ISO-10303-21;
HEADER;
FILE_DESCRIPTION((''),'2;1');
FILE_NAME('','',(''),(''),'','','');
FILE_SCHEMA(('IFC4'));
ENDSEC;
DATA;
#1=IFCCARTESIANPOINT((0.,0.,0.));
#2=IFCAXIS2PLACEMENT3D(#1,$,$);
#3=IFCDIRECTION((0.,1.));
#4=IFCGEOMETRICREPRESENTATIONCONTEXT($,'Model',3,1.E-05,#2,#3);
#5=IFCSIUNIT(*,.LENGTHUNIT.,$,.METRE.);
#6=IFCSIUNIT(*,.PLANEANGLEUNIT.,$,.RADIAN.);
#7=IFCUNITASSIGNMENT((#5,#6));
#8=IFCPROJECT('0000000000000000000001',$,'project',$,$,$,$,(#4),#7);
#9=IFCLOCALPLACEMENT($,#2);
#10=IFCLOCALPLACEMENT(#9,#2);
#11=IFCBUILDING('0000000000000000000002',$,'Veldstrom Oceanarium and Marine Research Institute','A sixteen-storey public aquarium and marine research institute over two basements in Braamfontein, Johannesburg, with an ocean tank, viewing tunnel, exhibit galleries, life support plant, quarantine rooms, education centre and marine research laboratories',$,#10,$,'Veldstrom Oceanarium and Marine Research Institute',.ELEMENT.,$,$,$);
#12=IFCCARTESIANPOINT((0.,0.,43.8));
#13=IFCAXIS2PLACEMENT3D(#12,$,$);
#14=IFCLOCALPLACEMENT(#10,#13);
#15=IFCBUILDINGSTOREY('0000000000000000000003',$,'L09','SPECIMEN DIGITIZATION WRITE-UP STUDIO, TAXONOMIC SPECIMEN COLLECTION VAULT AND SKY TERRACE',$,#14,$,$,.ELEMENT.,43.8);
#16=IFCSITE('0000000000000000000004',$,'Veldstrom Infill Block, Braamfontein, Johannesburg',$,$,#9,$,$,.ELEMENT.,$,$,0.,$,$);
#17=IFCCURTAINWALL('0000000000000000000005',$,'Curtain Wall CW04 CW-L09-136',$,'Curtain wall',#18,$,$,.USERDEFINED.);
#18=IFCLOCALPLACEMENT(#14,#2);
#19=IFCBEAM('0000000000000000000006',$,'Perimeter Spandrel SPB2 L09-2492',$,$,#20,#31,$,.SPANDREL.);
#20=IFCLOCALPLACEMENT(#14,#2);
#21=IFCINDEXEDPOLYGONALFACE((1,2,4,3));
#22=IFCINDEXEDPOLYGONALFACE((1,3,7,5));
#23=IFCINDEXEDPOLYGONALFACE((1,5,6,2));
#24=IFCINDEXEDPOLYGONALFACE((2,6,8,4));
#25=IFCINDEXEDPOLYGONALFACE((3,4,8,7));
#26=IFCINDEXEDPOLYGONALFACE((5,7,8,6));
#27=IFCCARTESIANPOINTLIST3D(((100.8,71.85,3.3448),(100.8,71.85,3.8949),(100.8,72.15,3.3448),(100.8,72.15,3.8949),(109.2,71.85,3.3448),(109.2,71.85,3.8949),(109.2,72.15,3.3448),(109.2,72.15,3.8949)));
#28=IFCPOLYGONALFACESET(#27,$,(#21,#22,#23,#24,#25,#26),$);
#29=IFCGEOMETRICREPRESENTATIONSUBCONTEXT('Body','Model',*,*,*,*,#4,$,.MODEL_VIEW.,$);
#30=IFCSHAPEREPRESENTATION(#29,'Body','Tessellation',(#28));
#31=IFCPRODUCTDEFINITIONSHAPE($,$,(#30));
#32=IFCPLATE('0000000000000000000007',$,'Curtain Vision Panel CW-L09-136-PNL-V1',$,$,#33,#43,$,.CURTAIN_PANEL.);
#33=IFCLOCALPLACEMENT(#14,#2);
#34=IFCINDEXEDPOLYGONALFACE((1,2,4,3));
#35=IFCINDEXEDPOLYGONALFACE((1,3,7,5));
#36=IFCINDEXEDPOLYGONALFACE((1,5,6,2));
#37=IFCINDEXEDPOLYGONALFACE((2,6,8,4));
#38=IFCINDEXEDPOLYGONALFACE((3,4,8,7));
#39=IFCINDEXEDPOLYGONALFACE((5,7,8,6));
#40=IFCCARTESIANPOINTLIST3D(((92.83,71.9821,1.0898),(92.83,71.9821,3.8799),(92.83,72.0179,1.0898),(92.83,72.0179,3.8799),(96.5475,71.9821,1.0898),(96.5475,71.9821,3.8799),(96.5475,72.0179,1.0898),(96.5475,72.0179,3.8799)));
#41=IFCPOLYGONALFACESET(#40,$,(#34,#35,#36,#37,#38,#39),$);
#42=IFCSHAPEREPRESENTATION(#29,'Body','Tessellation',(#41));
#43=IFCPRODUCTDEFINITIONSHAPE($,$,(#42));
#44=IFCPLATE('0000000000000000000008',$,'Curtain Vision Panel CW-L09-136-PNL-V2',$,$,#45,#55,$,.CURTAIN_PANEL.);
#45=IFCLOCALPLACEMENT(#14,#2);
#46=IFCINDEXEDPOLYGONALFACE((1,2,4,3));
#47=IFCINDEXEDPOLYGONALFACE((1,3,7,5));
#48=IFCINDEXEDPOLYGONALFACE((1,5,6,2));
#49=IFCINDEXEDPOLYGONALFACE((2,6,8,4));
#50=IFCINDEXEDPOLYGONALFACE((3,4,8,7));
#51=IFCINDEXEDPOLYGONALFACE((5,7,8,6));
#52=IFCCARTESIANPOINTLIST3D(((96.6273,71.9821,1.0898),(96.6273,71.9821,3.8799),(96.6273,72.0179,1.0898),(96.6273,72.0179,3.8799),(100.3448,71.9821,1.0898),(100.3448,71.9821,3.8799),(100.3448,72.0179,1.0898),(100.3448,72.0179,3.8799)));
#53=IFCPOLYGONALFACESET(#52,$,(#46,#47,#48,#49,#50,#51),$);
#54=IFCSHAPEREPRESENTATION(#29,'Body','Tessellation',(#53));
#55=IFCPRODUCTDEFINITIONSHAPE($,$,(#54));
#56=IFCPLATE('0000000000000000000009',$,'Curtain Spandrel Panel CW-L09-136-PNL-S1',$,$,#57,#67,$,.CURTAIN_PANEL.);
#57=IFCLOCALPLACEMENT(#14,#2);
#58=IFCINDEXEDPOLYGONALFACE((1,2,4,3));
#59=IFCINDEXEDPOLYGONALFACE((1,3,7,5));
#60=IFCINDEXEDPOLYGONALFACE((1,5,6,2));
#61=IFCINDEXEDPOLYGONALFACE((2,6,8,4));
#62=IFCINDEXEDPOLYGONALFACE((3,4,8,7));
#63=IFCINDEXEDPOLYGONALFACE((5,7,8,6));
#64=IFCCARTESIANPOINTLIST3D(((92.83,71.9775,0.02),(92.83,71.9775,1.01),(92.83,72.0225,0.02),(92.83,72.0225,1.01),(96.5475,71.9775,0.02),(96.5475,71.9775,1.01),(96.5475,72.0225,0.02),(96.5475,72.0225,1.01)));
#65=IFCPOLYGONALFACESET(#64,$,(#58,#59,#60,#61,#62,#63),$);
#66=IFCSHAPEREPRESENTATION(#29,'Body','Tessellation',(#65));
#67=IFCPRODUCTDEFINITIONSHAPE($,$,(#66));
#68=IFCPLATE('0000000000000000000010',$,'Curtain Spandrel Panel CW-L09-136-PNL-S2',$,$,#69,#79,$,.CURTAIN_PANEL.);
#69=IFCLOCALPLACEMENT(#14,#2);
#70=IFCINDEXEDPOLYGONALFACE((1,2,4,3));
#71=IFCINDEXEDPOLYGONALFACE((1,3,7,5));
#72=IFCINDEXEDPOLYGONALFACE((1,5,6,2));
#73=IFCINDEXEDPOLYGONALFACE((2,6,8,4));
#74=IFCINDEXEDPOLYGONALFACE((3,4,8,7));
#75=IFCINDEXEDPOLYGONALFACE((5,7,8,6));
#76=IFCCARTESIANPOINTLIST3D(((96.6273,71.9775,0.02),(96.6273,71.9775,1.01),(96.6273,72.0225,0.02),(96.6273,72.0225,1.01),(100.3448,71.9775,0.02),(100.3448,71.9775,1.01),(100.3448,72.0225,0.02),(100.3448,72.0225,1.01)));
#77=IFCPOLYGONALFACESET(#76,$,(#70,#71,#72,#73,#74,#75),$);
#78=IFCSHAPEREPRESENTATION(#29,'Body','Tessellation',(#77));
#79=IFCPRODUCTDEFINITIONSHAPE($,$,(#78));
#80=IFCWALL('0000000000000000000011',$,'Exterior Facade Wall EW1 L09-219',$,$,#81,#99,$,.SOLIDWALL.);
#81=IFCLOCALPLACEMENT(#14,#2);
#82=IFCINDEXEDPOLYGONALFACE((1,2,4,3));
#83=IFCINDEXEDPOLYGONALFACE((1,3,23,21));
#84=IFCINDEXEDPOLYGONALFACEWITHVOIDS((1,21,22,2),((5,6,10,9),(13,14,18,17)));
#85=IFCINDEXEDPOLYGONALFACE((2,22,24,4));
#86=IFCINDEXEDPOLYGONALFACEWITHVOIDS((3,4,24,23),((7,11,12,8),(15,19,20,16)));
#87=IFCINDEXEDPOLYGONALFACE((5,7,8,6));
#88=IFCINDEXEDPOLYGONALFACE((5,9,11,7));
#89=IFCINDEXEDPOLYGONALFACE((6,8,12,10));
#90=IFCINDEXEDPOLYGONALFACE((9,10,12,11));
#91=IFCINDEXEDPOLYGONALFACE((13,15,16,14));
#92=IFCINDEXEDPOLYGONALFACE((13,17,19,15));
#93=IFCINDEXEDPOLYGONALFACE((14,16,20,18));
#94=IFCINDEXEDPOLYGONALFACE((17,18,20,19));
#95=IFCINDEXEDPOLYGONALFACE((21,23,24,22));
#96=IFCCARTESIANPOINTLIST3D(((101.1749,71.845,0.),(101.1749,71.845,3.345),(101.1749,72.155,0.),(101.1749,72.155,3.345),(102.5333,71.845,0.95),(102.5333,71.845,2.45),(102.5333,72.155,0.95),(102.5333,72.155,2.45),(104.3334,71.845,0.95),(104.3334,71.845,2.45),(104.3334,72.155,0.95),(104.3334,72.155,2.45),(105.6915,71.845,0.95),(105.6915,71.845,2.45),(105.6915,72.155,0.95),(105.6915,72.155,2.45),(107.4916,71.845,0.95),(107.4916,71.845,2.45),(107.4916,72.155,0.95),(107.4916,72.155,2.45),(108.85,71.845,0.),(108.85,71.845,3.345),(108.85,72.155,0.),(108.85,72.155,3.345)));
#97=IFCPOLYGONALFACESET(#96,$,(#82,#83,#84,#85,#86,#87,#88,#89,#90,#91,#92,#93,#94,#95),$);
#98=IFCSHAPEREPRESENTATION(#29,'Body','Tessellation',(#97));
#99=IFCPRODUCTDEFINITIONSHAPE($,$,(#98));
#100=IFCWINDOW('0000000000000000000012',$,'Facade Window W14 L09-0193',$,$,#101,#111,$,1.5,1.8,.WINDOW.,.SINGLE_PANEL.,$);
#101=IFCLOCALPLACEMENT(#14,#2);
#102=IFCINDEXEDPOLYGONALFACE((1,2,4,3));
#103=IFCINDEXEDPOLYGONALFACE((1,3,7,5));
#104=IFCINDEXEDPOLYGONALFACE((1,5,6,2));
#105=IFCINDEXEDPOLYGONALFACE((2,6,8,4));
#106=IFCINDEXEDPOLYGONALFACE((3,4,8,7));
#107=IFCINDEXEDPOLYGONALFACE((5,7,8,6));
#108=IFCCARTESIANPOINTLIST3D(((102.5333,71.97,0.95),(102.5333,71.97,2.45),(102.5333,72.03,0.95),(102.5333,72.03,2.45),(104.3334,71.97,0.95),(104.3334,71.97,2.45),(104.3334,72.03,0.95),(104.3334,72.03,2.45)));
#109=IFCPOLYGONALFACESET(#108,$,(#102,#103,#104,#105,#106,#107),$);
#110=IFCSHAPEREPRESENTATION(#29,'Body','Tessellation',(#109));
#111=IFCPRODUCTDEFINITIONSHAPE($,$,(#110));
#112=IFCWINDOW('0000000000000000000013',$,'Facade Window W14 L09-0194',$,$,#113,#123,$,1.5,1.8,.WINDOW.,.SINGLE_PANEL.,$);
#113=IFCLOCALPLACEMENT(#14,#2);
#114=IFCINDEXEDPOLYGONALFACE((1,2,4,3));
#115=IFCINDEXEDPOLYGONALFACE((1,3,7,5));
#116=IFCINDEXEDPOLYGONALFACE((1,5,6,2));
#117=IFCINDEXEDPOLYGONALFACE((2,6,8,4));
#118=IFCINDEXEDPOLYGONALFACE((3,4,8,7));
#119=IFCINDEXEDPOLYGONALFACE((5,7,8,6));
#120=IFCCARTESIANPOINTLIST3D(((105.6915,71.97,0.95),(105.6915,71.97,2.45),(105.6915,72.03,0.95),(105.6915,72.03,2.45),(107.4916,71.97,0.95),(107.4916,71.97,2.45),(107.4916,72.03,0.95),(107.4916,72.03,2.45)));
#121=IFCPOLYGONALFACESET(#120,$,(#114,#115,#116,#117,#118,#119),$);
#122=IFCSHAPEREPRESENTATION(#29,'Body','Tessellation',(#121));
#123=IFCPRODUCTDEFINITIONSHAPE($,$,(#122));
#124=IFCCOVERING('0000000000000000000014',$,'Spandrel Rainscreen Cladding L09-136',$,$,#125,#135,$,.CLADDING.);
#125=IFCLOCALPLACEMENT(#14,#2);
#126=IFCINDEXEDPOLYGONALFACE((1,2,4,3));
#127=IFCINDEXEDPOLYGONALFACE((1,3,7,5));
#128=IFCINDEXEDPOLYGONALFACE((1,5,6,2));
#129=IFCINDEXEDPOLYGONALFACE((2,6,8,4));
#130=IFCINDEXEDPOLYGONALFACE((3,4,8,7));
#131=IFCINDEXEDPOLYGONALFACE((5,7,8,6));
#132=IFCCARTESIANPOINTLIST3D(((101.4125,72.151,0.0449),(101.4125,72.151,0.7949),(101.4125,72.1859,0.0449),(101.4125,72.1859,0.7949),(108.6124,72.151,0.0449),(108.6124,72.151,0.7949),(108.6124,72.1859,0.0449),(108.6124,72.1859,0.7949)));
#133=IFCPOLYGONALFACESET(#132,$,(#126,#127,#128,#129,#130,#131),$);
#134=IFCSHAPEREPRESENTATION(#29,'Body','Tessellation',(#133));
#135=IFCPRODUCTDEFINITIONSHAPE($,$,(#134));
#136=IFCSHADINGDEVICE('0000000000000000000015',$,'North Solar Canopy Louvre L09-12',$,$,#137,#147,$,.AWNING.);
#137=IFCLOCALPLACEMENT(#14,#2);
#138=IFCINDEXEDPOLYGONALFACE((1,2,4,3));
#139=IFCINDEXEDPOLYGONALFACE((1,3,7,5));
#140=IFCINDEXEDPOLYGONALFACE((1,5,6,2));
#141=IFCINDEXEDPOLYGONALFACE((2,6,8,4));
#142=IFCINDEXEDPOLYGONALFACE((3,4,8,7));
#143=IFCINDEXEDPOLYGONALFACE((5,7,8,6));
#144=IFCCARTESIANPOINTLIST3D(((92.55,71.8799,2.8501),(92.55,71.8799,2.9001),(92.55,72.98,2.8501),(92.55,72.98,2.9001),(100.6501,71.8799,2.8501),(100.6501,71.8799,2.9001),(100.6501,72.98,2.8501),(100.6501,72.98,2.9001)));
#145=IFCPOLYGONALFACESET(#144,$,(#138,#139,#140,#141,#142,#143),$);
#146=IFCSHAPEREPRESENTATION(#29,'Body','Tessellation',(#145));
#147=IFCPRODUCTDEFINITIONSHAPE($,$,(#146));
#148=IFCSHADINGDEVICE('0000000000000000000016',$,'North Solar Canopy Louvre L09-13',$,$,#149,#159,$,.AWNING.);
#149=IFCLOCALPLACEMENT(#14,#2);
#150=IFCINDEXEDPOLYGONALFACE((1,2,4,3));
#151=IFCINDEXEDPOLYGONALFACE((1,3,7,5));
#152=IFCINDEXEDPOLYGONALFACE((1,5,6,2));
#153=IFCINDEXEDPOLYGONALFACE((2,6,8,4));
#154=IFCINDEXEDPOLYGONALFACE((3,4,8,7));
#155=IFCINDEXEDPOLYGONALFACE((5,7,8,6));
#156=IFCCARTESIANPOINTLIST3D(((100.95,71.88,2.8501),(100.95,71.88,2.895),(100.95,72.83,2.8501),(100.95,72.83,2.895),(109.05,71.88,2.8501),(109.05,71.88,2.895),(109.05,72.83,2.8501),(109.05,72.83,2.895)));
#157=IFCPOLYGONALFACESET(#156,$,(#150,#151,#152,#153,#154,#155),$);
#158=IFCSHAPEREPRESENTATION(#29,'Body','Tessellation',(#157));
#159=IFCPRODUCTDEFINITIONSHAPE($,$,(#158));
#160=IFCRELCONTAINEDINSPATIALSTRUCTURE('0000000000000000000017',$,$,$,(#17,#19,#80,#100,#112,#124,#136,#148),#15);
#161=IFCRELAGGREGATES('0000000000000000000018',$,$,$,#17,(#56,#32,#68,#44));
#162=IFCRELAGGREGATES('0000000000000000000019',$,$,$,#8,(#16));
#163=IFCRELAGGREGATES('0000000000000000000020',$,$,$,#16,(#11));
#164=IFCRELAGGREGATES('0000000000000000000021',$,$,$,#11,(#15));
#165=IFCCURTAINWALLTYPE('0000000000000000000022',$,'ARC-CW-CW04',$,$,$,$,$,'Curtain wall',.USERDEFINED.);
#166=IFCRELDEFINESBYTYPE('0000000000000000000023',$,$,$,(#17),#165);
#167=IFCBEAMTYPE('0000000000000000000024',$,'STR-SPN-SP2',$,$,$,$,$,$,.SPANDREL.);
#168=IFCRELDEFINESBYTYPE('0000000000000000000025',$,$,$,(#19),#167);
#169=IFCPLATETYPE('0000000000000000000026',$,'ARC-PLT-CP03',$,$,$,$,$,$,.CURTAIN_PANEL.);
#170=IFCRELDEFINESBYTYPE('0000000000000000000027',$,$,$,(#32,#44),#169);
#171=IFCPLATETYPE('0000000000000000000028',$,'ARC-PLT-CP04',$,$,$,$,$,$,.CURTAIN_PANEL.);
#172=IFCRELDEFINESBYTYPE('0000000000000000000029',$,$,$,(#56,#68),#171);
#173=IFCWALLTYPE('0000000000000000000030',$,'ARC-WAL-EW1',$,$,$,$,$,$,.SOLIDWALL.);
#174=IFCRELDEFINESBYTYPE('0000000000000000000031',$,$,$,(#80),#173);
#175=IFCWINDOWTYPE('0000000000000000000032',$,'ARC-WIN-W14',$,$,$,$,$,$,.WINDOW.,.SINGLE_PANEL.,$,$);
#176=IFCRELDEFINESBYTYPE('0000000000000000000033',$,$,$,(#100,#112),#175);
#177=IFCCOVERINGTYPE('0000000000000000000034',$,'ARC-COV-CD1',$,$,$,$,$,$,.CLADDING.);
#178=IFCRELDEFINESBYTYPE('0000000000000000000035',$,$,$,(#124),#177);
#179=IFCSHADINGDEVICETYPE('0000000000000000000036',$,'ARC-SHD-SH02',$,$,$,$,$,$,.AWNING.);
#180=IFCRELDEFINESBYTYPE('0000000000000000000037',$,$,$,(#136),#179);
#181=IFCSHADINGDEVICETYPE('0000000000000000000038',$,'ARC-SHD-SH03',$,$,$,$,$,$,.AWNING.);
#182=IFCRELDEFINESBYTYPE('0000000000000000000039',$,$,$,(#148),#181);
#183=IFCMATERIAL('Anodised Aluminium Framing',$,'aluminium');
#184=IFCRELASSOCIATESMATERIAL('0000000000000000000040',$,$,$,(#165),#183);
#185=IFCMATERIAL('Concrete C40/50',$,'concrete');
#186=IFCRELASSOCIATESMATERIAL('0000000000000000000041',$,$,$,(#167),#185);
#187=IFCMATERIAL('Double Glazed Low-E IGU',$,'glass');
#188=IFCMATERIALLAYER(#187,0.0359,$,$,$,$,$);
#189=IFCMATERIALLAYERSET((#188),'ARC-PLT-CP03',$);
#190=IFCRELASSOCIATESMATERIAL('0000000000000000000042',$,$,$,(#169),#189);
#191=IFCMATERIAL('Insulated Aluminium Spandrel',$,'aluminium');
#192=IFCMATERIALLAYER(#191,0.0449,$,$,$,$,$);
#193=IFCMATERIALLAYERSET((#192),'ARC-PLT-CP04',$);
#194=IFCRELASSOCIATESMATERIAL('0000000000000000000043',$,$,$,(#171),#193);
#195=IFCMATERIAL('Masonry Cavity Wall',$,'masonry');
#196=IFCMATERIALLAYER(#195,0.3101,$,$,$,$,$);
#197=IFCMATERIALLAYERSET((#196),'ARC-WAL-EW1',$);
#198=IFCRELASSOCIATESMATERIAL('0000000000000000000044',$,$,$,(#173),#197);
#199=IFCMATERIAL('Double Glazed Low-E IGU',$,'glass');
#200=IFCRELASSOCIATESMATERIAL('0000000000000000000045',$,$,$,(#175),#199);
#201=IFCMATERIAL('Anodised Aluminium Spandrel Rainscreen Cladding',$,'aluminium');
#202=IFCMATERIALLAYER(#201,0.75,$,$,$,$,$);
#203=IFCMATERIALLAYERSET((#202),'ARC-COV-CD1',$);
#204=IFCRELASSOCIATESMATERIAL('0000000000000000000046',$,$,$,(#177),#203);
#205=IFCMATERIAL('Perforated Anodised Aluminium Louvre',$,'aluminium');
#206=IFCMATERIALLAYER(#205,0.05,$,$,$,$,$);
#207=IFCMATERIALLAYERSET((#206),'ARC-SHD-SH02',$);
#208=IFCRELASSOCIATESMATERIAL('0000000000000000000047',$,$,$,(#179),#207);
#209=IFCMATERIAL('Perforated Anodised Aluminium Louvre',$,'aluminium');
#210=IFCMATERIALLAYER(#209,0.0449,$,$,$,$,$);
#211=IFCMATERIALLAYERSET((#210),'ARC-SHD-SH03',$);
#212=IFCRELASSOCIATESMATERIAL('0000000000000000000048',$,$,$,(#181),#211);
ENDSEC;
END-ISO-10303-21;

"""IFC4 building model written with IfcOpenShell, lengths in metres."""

from ifc_helpers import new_model, si_unit, direction, frame, frame_2d, origin, origin_2d, place, context, subcontext, project, spatial, rectangle, extrude, material, layer, layer_set, material_profile, profile_set, type_object, element, fill, aggregate, save


model = new_model("IFC4")

# Units and contexts
model_context = context("Model", 3, precision=1e-05, world=origin(), true_north=direction((0.0, 1.0)))
body_context = subcontext(model_context, "Body", "Model", "MODEL_VIEW")
ifc_project = project(units=[si_unit("LENGTHUNIT", "METRE"), si_unit("PLANEANGLEUNIT", "RADIAN")], contexts=[model_context])

# Site, building, storey
site_placement = place(None, origin())
site = spatial("IfcSite", under=ifc_project, at=site_placement, Name="Veldstrom Infill Block, Braamfontein, Johannesburg", CompositionType="ELEMENT", RefElevation=0.0)
building_placement = place(site_placement, origin())
building = spatial("IfcBuilding", under=site, at=building_placement, Name="Veldstrom Oceanarium and Marine Research Institute", Description="A sixteen-storey public aquarium and marine research institute over two basements in Braamfontein, Johannesburg, with an ocean tank, viewing tunnel, exhibit galleries, life support plant, quarantine rooms, education centre and marine research laboratories", LongName="Veldstrom Oceanarium and Marine Research Institute", CompositionType="ELEMENT")
storey_placement = place(building_placement, frame((0.0, 0.0, 43.8)))
storey = spatial("IfcBuildingStorey", under=building, at=storey_placement, Name="L09", Description="SPECIMEN DIGITIZATION WRITE-UP STUDIO, TAXONOMIC SPECIMEN COLLECTION VAULT AND SKY TERRACE", CompositionType="ELEMENT", Elevation=43.8)

# Curtain wall
ifc_material_1 = material(Name="Anodised Aluminium Framing", Category="aluminium")
curtain_wall_type = type_object("IfcCurtainWallType", Name="ARC-CW-CW04", ElementType="Curtain wall", PredefinedType="USERDEFINED", material=ifc_material_1)
curtain_wall_placement = place(storey_placement, origin())
curtain_wall = element("IfcCurtainWall", 1, at=curtain_wall_placement, inside=storey, type_object=curtain_wall_type, Name="Curtain Wall CW04 CW-L09-136", ObjectType="Curtain wall", PredefinedType="USERDEFINED")

# Beam
ifc_material_2 = material(Name="Concrete C40/50", Category="concrete")
ifc_material_profile_1 = material_profile(ifc_material_2, rectangle(XDim=0.3, YDim=0.55, at=origin_2d()), Name="RC-SPN-300x550")
ifc_profile_set_1 = profile_set([ifc_material_profile_1], Name="Concrete C40/50")
beam_type_1 = type_object("IfcBeamType", Name="STR-SPN-SP2", PredefinedType="SPANDREL", material=ifc_profile_set_1)
beam_1_placement = place(storey_placement, frame((100.8, 72.0, 3.6199), z_axis=(1.0, 0.0, 0.0), x_axis=(0.0, 1.0, 0.0)))
element("IfcBeam", 2, at=beam_1_placement, inside=storey, type_object=beam_type_1, Name="Perimeter Spandrel SPB2 L09-2492", PredefinedType="SPANDREL", context=body_context, shape_type="SweptSolid", body=[
    extrude(rectangle(XDim=0.3, YDim=0.55, at=origin_2d()), origin(), (0.0, 0.0, 1.0), 8.3999),
])

# Plates
ifc_material_3 = material(Name="Double Glazed Low-E IGU", Category="glass")
ifc_layer_1 = layer(ifc_material_3, 0.0359)
ifc_layer_set_1 = layer_set([ifc_layer_1], Name="ARC-PLT-CP03")
plate_type_1 = type_object("IfcPlateType", Name="ARC-PLT-CP03", PredefinedType="CURTAIN_PANEL", material=ifc_layer_set_1)
plate_1_placement = place(storey_placement, frame((94.6887, 72.0, 1.0898), z_axis=(0.0, 0.0, 1.0), x_axis=(1.0, 0.0, 0.0)))
plate_1 = element("IfcPlate", 3, at=plate_1_placement, type_object=plate_type_1, Name="Curtain Vision Panel CW-L09-136-PNL-V1", PredefinedType="CURTAIN_PANEL", context=body_context, shape_type="SweptSolid", body=[
    extrude(rectangle(XDim=3.7175, YDim=0.0359, at=origin_2d()), origin(), (0.0, 0.0, 1.0), 2.79),
])
plate_2_placement = place(storey_placement, frame((98.4861, 72.0, 1.0898), z_axis=(0.0, 0.0, 1.0), x_axis=(1.0, 0.0, 0.0)))
plate_2 = element("IfcPlate", 4, at=plate_2_placement, type_object=plate_type_1, Name="Curtain Vision Panel CW-L09-136-PNL-V2", PredefinedType="CURTAIN_PANEL", context=body_context, shape_type="SweptSolid", body=[
    extrude(rectangle(XDim=3.7175, YDim=0.0359, at=origin_2d()), origin(), (0.0, 0.0, 1.0), 2.79),
])
ifc_material_4 = material(Name="Insulated Aluminium Spandrel", Category="aluminium")
ifc_layer_2 = layer(ifc_material_4, 0.0449)
ifc_layer_set_2 = layer_set([ifc_layer_2], Name="ARC-PLT-CP04")
plate_type_2 = type_object("IfcPlateType", Name="ARC-PLT-CP04", PredefinedType="CURTAIN_PANEL", material=ifc_layer_set_2)
plate_3_placement = place(storey_placement, frame((94.6887, 72.0, 0.02), z_axis=(0.0, 0.0, 1.0), x_axis=(1.0, 0.0, 0.0)))
plate_3 = element("IfcPlate", 5, at=plate_3_placement, type_object=plate_type_2, Name="Curtain Spandrel Panel CW-L09-136-PNL-S1", PredefinedType="CURTAIN_PANEL", context=body_context, shape_type="SweptSolid", body=[
    extrude(rectangle(XDim=3.7175, YDim=0.0449, at=origin_2d()), origin(), (0.0, 0.0, 1.0), 0.99),
])
plate_4_placement = place(storey_placement, frame((98.4861, 72.0, 0.02), z_axis=(0.0, 0.0, 1.0), x_axis=(1.0, 0.0, 0.0)))
plate_4 = element("IfcPlate", 6, at=plate_4_placement, type_object=plate_type_2, Name="Curtain Spandrel Panel CW-L09-136-PNL-S2", PredefinedType="CURTAIN_PANEL", context=body_context, shape_type="SweptSolid", body=[
    extrude(rectangle(XDim=3.7175, YDim=0.0449, at=origin_2d()), origin(), (0.0, 0.0, 1.0), 0.99),
])
aggregate(curtain_wall, [plate_3, plate_1, plate_4, plate_2])

# Wall, openings, windows
ifc_material_5 = material(Name="Masonry Cavity Wall", Category="masonry")
ifc_layer_3 = layer(ifc_material_5, 0.3101)
ifc_layer_set_3 = layer_set([ifc_layer_3], Name="ARC-WAL-EW1")
wall_type = type_object("IfcWallType", Name="ARC-WAL-EW1", PredefinedType="SOLIDWALL", material=ifc_layer_set_3)
wall_placement = place(storey_placement, frame((101.175, 72.0, 0.0), z_axis=(0.0, 0.0, 1.0), x_axis=(1.0, 0.0, 0.0)))
wall = element("IfcWall", 7, at=wall_placement, inside=storey, type_object=wall_type, Name="Exterior Facade Wall EW1 L09-219", PredefinedType="SOLIDWALL", context=body_context, shape_type="SweptSolid", body=[
    extrude(rectangle(XDim=7.675, YDim=0.3101, at=frame_2d((3.8374, 0.0))), origin(), (0.0, 0.0, 1.0), 3.345),
])
opening_1_placement = place(wall_placement, frame((1.3584, 0.0, 0.95)))
opening_1 = element("IfcOpeningElement", 8, at=opening_1_placement, cuts=wall, PredefinedType="OPENING", context=body_context, shape_type="SweptSolid", body=[
    extrude(rectangle(XDim=1.8, YDim=1.5, at=frame_2d((0.8999, 0.75))), frame((0.0, 0.165, 0.0), z_axis=(0.0, -1.0, 0.0), x_axis=(1.0, 0.0, 0.0)), (0.0, 0.0, 1.0), 0.3301),
])
opening_2_placement = place(wall_placement, frame((4.5166, 0.0, 0.95)))
opening_2 = element("IfcOpeningElement", 9, at=opening_2_placement, cuts=wall, PredefinedType="OPENING", context=body_context, shape_type="SweptSolid", body=[
    extrude(rectangle(XDim=1.8, YDim=1.5, at=frame_2d((0.8999, 0.75))), frame((0.0, 0.165, 0.0), z_axis=(0.0, -1.0, 0.0), x_axis=(1.0, 0.0, 0.0)), (0.0, 0.0, 1.0), 0.3301),
])
ifc_material_6 = material(Name="Double Glazed Low-E IGU", Category="glass")
window_type = type_object("IfcWindowType", Name="ARC-WIN-W14", PartitioningType="SINGLE_PANEL", PredefinedType="WINDOW", material=ifc_material_6)
window_1_placement = place(opening_1_placement, origin())
window_1 = element("IfcWindow", 10, at=window_1_placement, inside=storey, type_object=window_type, Name="Facade Window W14 L09-0193", OverallHeight=1.5, OverallWidth=1.8, PartitioningType="SINGLE_PANEL", PredefinedType="WINDOW", context=body_context, shape_type="SweptSolid", body=[
    extrude(rectangle(XDim=1.8, YDim=1.5, at=frame_2d((0.8999, 0.75))), frame((0.0, 0.03, 0.0), z_axis=(0.0, -1.0, 0.0), x_axis=(1.0, 0.0, 0.0)), (0.0, 0.0, 1.0), 0.0601),
])
fill(opening_1, window_1)
window_2_placement = place(opening_2_placement, origin())
window_2 = element("IfcWindow", 11, at=window_2_placement, inside=storey, type_object=window_type, Name="Facade Window W14 L09-0194", OverallHeight=1.5, OverallWidth=1.8, PartitioningType="SINGLE_PANEL", PredefinedType="WINDOW", context=body_context, shape_type="SweptSolid", body=[
    extrude(rectangle(XDim=1.8, YDim=1.5, at=frame_2d((0.8999, 0.75))), frame((0.0, 0.03, 0.0), z_axis=(0.0, -1.0, 0.0), x_axis=(1.0, 0.0, 0.0)), (0.0, 0.0, 1.0), 0.0601),
])
fill(opening_2, window_2)

# Covering
ifc_material_7 = material(Name="Anodised Aluminium Spandrel Rainscreen Cladding", Category="aluminium")
ifc_layer_4 = layer(ifc_material_7, 0.75)
ifc_layer_set_4 = layer_set([ifc_layer_4], Name="ARC-COV-CD1")
covering_type = type_object("IfcCoveringType", Name="ARC-COV-CD1", PredefinedType="CLADDING", material=ifc_layer_set_4)
covering_placement = place(storey_placement, frame((105.0125, 72.1685, 0.0449), z_axis=(0.0, 0.0, 1.0), x_axis=(1.0, 0.0, 0.0)))
element("IfcCovering", 12, at=covering_placement, inside=storey, type_object=covering_type, Name="Spandrel Rainscreen Cladding L09-136", PredefinedType="CLADDING", context=body_context, shape_type="SweptSolid", body=[
    extrude(rectangle(XDim=7.2, YDim=0.0349, at=origin_2d()), origin(), (0.0, 0.0, 1.0), 0.75),
])

# Shading devices
ifc_material_8 = material(Name="Perforated Anodised Aluminium Louvre", Category="aluminium")
ifc_layer_5 = layer(ifc_material_8, 0.05)
ifc_layer_set_5 = layer_set([ifc_layer_5], Name="ARC-SHD-SH02")
shading_device_type_1 = type_object("IfcShadingDeviceType", Name="ARC-SHD-SH02", PredefinedType="AWNING", material=ifc_layer_set_5)
shading_device_1_placement = place(storey_placement, frame((96.6001, 72.4299, 2.8501), z_axis=(0.0, 0.0, 1.0), x_axis=(1.0, 0.0, 0.0)))
element("IfcShadingDevice", 13, at=shading_device_1_placement, inside=storey, type_object=shading_device_type_1, Name="North Solar Canopy Louvre L09-12", PredefinedType="AWNING", context=body_context, shape_type="SweptSolid", body=[
    extrude(rectangle(XDim=8.1001, YDim=1.1001, at=origin_2d()), origin(), (0.0, 0.0, 1.0), 0.05),
])
ifc_material_9 = material(Name="Perforated Anodised Aluminium Louvre", Category="aluminium")
ifc_layer_6 = layer(ifc_material_9, 0.0449)
ifc_layer_set_6 = layer_set([ifc_layer_6], Name="ARC-SHD-SH03")
shading_device_type_2 = type_object("IfcShadingDeviceType", Name="ARC-SHD-SH03", PredefinedType="AWNING", material=ifc_layer_set_6)
shading_device_2_placement = place(storey_placement, frame((105.0, 72.355, 2.8501), z_axis=(0.0, 0.0, 1.0), x_axis=(1.0, 0.0, 0.0)))
element("IfcShadingDevice", 14, at=shading_device_2_placement, inside=storey, type_object=shading_device_type_2, Name="North Solar Canopy Louvre L09-13", PredefinedType="AWNING", context=body_context, shape_type="SweptSolid", body=[
    extrude(rectangle(XDim=8.1001, YDim=0.95, at=origin_2d()), origin(), (0.0, 0.0, 1.0), 0.0449),
])

save(model, "model.ifc")
